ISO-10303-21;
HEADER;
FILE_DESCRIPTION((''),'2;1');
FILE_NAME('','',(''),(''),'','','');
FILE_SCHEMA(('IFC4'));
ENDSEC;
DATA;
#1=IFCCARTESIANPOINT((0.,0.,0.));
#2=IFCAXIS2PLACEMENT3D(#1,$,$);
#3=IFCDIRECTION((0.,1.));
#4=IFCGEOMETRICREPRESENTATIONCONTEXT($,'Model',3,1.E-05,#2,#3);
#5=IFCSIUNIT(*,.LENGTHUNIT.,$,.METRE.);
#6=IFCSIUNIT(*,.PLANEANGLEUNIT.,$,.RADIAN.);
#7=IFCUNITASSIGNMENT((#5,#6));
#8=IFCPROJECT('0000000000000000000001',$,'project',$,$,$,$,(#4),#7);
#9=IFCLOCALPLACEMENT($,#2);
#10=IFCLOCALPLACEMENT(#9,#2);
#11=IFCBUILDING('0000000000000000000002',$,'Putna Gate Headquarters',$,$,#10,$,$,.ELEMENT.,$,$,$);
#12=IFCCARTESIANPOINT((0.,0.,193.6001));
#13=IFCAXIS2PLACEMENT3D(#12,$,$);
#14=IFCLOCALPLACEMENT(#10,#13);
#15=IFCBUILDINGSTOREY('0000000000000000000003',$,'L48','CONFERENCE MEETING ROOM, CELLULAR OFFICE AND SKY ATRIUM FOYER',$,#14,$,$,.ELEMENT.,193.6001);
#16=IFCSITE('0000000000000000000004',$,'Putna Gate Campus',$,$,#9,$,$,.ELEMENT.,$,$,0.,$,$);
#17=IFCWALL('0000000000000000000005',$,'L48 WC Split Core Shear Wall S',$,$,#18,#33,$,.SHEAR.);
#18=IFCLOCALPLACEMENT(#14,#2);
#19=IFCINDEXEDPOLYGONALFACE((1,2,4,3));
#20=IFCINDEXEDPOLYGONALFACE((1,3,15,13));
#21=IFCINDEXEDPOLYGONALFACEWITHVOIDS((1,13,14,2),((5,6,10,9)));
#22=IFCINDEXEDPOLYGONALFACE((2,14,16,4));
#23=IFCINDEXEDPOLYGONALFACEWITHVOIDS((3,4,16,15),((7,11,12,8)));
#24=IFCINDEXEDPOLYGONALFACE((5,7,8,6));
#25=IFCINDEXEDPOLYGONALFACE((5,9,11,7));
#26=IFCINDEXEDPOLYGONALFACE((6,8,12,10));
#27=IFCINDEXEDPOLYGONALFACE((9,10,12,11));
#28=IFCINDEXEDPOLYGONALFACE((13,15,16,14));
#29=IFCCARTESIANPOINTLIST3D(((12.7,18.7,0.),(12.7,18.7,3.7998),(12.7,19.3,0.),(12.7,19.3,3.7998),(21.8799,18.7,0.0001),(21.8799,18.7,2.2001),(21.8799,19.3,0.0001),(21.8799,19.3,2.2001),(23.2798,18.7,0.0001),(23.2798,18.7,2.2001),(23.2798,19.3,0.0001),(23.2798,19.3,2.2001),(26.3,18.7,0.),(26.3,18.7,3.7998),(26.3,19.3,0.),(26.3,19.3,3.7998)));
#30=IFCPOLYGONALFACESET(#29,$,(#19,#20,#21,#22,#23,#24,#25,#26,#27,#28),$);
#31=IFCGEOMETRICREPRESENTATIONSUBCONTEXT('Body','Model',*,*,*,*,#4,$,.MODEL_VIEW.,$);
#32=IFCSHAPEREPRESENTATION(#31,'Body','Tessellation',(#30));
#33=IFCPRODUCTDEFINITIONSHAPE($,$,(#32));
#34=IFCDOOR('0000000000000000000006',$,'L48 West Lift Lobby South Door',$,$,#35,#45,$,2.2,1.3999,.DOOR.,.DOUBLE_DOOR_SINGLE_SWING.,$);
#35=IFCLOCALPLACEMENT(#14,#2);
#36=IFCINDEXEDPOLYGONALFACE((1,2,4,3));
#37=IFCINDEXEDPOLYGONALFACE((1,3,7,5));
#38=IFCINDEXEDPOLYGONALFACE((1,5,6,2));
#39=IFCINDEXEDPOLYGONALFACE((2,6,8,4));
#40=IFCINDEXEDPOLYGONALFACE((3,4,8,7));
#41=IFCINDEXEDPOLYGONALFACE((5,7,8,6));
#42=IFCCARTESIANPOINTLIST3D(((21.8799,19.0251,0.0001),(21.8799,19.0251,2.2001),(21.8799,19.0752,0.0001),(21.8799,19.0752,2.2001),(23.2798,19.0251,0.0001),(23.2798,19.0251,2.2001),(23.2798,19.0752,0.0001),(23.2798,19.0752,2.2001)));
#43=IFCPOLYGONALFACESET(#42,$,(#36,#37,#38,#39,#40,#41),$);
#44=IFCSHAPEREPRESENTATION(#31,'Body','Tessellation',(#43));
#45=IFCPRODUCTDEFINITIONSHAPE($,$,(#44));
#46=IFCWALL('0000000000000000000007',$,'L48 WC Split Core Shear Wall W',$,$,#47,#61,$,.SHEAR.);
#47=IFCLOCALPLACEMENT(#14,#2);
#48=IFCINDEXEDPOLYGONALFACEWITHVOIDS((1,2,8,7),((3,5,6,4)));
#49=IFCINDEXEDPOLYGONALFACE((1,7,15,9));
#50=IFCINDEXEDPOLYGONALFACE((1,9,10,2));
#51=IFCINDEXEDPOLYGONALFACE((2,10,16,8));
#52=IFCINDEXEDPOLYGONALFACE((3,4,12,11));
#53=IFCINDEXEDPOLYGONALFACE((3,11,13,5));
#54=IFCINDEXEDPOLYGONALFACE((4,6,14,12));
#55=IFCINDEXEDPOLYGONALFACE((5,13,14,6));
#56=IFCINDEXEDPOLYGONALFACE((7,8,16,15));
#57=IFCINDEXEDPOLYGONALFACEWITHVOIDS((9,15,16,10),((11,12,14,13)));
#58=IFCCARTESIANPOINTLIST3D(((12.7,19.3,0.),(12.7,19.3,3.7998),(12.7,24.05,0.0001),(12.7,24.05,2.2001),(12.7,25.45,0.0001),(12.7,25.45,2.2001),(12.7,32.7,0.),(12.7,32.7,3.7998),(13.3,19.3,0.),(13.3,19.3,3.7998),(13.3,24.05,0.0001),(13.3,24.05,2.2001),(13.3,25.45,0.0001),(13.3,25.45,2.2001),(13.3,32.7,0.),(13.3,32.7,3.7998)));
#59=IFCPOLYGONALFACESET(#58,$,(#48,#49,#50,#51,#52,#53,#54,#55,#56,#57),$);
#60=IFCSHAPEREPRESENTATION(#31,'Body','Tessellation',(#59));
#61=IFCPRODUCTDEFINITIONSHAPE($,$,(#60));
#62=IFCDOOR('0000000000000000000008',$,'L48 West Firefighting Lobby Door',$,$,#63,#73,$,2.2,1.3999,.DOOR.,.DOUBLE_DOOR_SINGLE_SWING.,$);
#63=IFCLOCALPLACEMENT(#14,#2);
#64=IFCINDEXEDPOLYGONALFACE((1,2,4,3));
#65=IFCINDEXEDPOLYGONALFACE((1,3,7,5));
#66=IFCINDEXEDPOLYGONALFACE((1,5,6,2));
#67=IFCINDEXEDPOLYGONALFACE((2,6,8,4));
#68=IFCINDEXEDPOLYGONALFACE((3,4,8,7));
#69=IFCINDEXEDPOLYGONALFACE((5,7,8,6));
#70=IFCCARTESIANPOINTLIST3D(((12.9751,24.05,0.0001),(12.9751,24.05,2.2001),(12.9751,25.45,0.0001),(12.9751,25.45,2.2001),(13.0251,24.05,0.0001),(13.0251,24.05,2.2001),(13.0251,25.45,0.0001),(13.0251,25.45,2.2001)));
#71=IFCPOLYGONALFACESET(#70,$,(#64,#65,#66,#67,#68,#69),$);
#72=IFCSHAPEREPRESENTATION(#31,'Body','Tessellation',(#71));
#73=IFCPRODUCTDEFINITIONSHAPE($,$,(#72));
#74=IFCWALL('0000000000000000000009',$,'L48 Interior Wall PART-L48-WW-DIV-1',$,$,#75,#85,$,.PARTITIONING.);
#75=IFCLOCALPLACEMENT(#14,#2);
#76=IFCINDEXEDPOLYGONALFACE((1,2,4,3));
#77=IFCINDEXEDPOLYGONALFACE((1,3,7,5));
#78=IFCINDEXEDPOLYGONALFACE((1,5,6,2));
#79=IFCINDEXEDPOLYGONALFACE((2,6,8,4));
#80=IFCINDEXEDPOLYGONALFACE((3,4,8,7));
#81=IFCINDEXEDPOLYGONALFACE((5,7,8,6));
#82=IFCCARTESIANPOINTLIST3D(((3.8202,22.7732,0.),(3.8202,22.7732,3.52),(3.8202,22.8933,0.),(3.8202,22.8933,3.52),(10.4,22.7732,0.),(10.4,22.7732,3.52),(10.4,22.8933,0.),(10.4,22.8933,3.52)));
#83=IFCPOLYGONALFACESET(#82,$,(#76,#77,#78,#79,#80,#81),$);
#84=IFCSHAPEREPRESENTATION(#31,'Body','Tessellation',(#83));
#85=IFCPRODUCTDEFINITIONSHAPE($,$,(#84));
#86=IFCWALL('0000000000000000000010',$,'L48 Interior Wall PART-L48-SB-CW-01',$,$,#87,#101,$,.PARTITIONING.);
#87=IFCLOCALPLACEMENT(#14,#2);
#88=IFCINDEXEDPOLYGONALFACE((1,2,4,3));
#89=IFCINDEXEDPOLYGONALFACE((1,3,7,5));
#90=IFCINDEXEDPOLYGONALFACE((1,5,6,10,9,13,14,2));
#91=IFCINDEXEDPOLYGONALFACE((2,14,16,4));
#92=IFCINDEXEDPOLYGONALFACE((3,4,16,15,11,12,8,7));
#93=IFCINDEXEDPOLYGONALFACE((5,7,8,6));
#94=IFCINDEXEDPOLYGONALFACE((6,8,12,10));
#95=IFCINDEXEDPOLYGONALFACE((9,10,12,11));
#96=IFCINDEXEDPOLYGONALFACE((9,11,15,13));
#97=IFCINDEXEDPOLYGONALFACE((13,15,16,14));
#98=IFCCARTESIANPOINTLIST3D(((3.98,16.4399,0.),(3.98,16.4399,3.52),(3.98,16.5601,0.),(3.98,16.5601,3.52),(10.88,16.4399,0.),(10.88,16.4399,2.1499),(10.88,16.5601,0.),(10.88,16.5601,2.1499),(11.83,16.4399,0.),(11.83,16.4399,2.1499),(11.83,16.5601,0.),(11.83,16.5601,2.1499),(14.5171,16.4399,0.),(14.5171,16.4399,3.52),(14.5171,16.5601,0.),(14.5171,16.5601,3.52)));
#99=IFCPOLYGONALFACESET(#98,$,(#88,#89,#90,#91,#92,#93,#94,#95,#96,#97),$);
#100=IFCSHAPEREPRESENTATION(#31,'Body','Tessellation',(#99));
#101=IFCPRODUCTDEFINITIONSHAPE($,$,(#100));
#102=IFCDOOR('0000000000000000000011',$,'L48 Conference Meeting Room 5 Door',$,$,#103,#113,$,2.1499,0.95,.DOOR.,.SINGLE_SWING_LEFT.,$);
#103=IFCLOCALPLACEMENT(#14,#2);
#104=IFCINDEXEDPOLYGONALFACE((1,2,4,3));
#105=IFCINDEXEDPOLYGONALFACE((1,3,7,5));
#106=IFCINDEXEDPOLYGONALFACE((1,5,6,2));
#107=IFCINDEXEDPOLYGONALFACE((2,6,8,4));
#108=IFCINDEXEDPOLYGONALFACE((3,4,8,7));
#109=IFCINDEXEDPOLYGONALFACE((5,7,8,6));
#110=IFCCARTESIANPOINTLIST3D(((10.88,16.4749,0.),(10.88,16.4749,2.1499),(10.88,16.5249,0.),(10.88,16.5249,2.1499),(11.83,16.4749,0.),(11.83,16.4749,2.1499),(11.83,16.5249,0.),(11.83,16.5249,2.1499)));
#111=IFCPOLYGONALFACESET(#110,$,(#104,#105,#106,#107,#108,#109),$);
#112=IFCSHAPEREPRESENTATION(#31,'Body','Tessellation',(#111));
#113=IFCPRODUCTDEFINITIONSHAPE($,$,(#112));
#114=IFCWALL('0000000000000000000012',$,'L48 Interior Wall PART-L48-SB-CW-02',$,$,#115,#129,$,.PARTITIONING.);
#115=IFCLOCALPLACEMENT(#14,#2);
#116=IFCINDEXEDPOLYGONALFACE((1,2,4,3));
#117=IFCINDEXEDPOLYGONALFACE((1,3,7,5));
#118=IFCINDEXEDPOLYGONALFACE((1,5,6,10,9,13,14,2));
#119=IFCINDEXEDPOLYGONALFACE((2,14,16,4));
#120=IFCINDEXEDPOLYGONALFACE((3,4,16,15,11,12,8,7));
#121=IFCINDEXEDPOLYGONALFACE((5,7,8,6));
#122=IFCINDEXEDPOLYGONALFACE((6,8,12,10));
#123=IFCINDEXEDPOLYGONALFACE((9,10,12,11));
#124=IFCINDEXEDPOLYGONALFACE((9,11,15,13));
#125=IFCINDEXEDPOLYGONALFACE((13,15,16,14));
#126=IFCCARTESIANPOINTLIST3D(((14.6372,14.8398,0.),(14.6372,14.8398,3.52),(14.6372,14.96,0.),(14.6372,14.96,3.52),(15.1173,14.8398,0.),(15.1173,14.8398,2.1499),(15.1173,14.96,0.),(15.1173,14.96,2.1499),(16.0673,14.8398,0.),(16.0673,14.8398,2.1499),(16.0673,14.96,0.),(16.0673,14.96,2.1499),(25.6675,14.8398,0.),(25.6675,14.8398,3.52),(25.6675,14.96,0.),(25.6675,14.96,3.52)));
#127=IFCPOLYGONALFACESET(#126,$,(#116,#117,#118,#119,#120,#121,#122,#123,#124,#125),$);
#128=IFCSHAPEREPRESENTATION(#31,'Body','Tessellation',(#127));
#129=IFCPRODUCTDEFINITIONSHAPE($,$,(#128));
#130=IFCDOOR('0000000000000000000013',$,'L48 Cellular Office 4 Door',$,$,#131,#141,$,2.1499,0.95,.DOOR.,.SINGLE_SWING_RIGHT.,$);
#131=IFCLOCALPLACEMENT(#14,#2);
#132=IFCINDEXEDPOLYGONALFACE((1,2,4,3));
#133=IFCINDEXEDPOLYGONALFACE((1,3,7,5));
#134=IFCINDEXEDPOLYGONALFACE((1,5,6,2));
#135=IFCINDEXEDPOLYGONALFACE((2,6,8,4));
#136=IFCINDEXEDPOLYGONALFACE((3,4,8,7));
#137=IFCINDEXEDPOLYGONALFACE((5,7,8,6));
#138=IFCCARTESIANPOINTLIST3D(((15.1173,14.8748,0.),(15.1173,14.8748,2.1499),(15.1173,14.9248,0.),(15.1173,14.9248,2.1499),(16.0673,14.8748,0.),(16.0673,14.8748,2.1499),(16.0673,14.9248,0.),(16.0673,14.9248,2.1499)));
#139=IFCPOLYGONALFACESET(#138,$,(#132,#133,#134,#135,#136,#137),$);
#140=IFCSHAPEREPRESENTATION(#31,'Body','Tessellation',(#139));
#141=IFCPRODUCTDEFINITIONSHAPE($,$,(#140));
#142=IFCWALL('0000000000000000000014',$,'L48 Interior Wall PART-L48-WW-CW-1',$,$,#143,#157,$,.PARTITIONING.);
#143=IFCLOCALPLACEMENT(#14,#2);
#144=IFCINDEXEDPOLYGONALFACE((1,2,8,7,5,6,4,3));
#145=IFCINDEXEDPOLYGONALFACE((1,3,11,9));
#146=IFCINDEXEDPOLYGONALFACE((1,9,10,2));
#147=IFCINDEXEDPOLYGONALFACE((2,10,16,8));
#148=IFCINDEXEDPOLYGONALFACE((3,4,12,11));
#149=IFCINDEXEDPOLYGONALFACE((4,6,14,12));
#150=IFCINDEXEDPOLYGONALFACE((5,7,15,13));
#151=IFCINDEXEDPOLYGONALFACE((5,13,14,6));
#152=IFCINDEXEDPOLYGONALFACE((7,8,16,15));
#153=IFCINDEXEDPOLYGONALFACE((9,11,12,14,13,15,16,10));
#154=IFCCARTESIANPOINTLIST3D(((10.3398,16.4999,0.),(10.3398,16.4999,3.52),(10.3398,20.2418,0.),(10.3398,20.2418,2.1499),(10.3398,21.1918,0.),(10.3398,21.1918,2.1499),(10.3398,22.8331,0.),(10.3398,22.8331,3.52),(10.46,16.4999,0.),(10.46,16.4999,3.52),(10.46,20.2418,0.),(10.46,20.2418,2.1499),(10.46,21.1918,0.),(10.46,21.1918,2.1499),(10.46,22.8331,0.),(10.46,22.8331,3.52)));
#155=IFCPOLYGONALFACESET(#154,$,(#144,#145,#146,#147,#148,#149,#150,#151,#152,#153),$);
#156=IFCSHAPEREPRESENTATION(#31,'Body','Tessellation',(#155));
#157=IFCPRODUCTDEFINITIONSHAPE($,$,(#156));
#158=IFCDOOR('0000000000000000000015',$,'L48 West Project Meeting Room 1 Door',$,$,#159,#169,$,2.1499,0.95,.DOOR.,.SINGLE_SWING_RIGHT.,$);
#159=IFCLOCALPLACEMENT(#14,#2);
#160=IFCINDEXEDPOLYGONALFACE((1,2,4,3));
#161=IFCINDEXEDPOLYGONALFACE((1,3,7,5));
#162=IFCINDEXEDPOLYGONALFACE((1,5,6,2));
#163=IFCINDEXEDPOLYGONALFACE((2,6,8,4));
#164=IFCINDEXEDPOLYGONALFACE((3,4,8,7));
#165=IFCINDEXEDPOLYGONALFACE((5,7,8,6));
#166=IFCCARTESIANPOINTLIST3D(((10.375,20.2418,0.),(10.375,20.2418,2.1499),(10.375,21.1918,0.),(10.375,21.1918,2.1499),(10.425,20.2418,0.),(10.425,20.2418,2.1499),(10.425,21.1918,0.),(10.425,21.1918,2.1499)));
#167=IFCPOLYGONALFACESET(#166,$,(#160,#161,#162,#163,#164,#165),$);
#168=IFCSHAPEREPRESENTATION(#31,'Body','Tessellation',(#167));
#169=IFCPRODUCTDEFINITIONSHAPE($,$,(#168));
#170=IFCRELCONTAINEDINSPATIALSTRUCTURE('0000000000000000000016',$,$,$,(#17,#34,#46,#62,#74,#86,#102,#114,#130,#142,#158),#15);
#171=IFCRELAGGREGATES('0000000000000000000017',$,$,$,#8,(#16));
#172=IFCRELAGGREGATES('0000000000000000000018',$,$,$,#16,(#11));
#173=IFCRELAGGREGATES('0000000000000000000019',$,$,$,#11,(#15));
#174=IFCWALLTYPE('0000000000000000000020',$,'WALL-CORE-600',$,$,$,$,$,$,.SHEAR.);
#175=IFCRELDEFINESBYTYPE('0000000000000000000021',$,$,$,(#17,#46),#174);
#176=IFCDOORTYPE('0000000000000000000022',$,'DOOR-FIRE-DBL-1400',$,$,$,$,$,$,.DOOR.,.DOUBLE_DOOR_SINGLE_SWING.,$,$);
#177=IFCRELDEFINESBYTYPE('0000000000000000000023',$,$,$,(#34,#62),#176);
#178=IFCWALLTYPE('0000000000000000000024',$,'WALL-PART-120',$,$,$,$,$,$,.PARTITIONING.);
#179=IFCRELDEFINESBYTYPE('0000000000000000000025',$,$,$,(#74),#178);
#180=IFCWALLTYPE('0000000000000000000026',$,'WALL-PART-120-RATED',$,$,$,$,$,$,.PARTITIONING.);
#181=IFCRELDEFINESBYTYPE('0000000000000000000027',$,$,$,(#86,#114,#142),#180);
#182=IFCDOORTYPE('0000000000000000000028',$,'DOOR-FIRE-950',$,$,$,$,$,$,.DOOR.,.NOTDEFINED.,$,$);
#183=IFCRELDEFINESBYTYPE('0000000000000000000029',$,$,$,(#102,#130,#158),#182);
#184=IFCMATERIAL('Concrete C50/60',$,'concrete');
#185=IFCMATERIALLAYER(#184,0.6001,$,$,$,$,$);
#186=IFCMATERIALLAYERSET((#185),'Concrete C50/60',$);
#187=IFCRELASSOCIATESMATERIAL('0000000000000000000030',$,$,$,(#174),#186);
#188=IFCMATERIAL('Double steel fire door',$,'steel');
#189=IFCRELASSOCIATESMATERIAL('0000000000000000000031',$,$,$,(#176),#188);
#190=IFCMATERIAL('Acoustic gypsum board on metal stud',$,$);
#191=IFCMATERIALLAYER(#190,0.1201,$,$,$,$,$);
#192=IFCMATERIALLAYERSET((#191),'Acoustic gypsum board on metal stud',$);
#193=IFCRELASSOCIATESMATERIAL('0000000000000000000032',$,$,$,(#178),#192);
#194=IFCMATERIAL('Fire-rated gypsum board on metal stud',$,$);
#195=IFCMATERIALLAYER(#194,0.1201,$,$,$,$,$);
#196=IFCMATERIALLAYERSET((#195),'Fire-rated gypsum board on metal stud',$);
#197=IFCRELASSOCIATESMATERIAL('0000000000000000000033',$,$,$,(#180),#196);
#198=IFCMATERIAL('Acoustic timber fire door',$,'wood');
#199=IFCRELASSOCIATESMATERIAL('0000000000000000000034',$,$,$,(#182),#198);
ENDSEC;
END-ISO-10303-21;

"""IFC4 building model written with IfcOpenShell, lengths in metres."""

from ifc_helpers import new_model, si_unit, direction, frame, frame_2d, origin, place, context, subcontext, project, spatial, rectangle, extrude, material, layer, layer_set, type_object, element, fill, save


model = new_model("IFC4")

# Units and contexts
model_context = context("Model", 3, precision=1e-05, world=origin(), true_north=direction((0.0, 1.0)))
body_context = subcontext(model_context, "Body", "Model", "MODEL_VIEW")
ifc_project = project(units=[si_unit("LENGTHUNIT", "METRE"), si_unit("PLANEANGLEUNIT", "RADIAN")], contexts=[model_context])

# Site, building, storey
site_placement = place(None, origin())
site = spatial("IfcSite", under=ifc_project, at=site_placement, Name="Putna Gate Campus", CompositionType="ELEMENT", RefElevation=0.0)
building_placement = place(site_placement, origin())
building = spatial("IfcBuilding", under=site, at=building_placement, Name="Putna Gate Headquarters", CompositionType="ELEMENT")
storey_placement = place(building_placement, frame((0.0, 0.0, 193.6001)))
storey = spatial("IfcBuildingStorey", under=building, at=storey_placement, Name="L48", Description="CONFERENCE MEETING ROOM, CELLULAR OFFICE AND SKY ATRIUM FOYER", CompositionType="ELEMENT", Elevation=193.6001)

# Shared definitions
ifc_material_1 = material(Name="Concrete C50/60", Category="concrete")

# Walls, openings, doors
ifc_layer_1 = layer(ifc_material_1, 0.6001)
ifc_layer_set_1 = layer_set([ifc_layer_1], Name="Concrete C50/60")
wall_type_1 = type_object("IfcWallType", Name="WALL-CORE-600", PredefinedType="SHEAR", material=ifc_layer_set_1)
wall_1_placement = place(storey_placement, frame((12.7, 19.0, 0.0), z_axis=(0.0, 0.0, 1.0), x_axis=(1.0, 0.0, 0.0)))
wall_1 = element("IfcWall", 1, at=wall_1_placement, inside=storey, type_object=wall_type_1, Name="L48 WC Split Core Shear Wall S", PredefinedType="SHEAR", context=body_context, shape_type="SweptSolid", body=[
    extrude(rectangle(XDim=13.6001, YDim=0.6001, at=frame_2d((6.8, 0.0))), origin(), (0.0, 0.0, 1.0), 3.7998),
])
opening_1_placement = place(wall_1_placement, frame((9.1799, 0.0, 0.0)))
opening_1 = element("IfcOpeningElement", 2, at=opening_1_placement, cuts=wall_1, PredefinedType="OPENING", context=body_context, shape_type="SweptSolid", body=[
    extrude(rectangle(XDim=1.3999, YDim=2.2, at=frame_2d((0.7, 1.1001))), frame((0.0, 0.3101, 0.0), z_axis=(0.0, -1.0, 0.0), x_axis=(1.0, 0.0, 0.0)), (0.0, 0.0, 1.0), 0.6201),
])
ifc_material_2 = material(Name="Double steel fire door", Category="steel")
door_type_1 = type_object("IfcDoorType", Name="DOOR-FIRE-DBL-1400", OperationType="DOUBLE_DOOR_SINGLE_SWING", PredefinedType="DOOR", material=ifc_material_2)
door_1_placement = place(opening_1_placement, origin())
door_1 = element("IfcDoor", 3, at=door_1_placement, inside=storey, type_object=door_type_1, Name="L48 West Lift Lobby South Door", OperationType="DOUBLE_DOOR_SINGLE_SWING", OverallHeight=2.2, OverallWidth=1.3999, PredefinedType="DOOR", context=body_context, shape_type="SweptSolid", body=[
    extrude(rectangle(XDim=1.3999, YDim=2.2, at=frame_2d((0.7, 1.1001))), frame((0.0, 0.0752, 0.0), z_axis=(0.0, -1.0, 0.0), x_axis=(1.0, 0.0, 0.0)), (0.0, 0.0, 1.0), 0.05),
])
fill(opening_1, door_1)
wall_2_placement = place(storey_placement, frame((13.0, 19.3, 0.0), z_axis=(0.0, 0.0, 1.0), x_axis=(0.0, 1.0, 0.0)))
wall_2 = element("IfcWall", 4, at=wall_2_placement, inside=storey, type_object=wall_type_1, Name="L48 WC Split Core Shear Wall W", PredefinedType="SHEAR", context=body_context, shape_type="SweptSolid", body=[
    extrude(rectangle(XDim=13.3999, YDim=0.6001, at=frame_2d((6.7, 0.0))), origin(), (0.0, 0.0, 1.0), 3.7998),
])
opening_2_placement = place(wall_2_placement, frame((4.75, 0.0, 0.0)))
opening_2 = element("IfcOpeningElement", 5, at=opening_2_placement, cuts=wall_2, PredefinedType="OPENING", context=body_context, shape_type="SweptSolid", body=[
    extrude(rectangle(XDim=1.3999, YDim=2.2, at=frame_2d((0.7, 1.1001))), frame((0.0, 0.3101, 0.0), z_axis=(0.0, -1.0, 0.0), x_axis=(1.0, 0.0, 0.0)), (0.0, 0.0, 1.0), 0.6201),
])
door_2_placement = place(opening_2_placement, origin())
door_2 = element("IfcDoor", 6, at=door_2_placement, inside=storey, type_object=door_type_1, Name="L48 West Firefighting Lobby Door", OperationType="DOUBLE_DOOR_SINGLE_SWING", OverallHeight=2.2, OverallWidth=1.3999, PredefinedType="DOOR", context=body_context, shape_type="SweptSolid", body=[
    extrude(rectangle(XDim=1.3999, YDim=2.2, at=frame_2d((0.7, 1.1001))), frame((0.0, 0.0249, 0.0), z_axis=(0.0, -1.0, 0.0), x_axis=(1.0, 0.0, 0.0)), (0.0, 0.0, 1.0), 0.05),
])
fill(opening_2, door_2)

# Wall
ifc_material_3 = material(Name="Acoustic gypsum board on metal stud")
ifc_layer_2 = layer(ifc_material_3, 0.1201)
ifc_layer_set_2 = layer_set([ifc_layer_2], Name="Acoustic gypsum board on metal stud")
wall_type_2 = type_object("IfcWallType", Name="WALL-PART-120", PredefinedType="PARTITIONING", material=ifc_layer_set_2)
wall_3_placement = place(storey_placement, frame((3.8201, 22.8333, 0.0), z_axis=(0.0, 0.0, 1.0), x_axis=(1.0, 0.0, 0.0)))
element("IfcWall", 7, at=wall_3_placement, inside=storey, type_object=wall_type_2, Name="L48 Interior Wall PART-L48-WW-DIV-1", PredefinedType="PARTITIONING", context=body_context, shape_type="SweptSolid", body=[
    extrude(rectangle(XDim=6.5798, YDim=0.1201, at=frame_2d((3.29, 0.0))), origin(), (0.0, 0.0, 1.0), 3.52),
])

# Walls, openings, doors
ifc_material_4 = material(Name="Fire-rated gypsum board on metal stud")
ifc_layer_3 = layer(ifc_material_4, 0.1201)
ifc_layer_set_3 = layer_set([ifc_layer_3], Name="Fire-rated gypsum board on metal stud")
wall_type_3 = type_object("IfcWallType", Name="WALL-PART-120-RATED", PredefinedType="PARTITIONING", material=ifc_layer_set_3)
wall_4_placement = place(storey_placement, frame((3.98, 16.5, 0.0), z_axis=(0.0, 0.0, 1.0), x_axis=(1.0, 0.0, 0.0)))
wall_4 = element("IfcWall", 8, at=wall_4_placement, inside=storey, type_object=wall_type_3, Name="L48 Interior Wall PART-L48-SB-CW-01", PredefinedType="PARTITIONING", context=body_context, shape_type="SweptSolid", body=[
    extrude(rectangle(XDim=10.5371, YDim=0.1201, at=frame_2d((5.2686, 0.0))), origin(), (0.0, 0.0, 1.0), 3.52),
])
opening_3_placement = place(wall_4_placement, frame((6.8999, 0.0, 0.0)))
opening_3 = element("IfcOpeningElement", 9, at=opening_3_placement, cuts=wall_4, PredefinedType="OPENING", context=body_context, shape_type="SweptSolid", body=[
    extrude(rectangle(XDim=0.95, YDim=2.1499, at=frame_2d((0.4751, 1.075))), frame((0.0, 0.0701, 0.0), z_axis=(0.0, -1.0, 0.0), x_axis=(1.0, 0.0, 0.0)), (0.0, 0.0, 1.0), 0.1401),
])
ifc_material_5 = material(Name="Acoustic timber fire door", Category="wood")
door_type_2 = type_object("IfcDoorType", Name="DOOR-FIRE-950", OperationType="NOTDEFINED", PredefinedType="DOOR", material=ifc_material_5)
door_3_placement = place(opening_3_placement, origin())
door_3 = element("IfcDoor", 10, at=door_3_placement, inside=storey, type_object=door_type_2, Name="L48 Conference Meeting Room 5 Door", OperationType="SINGLE_SWING_LEFT", OverallHeight=2.1499, OverallWidth=0.95, PredefinedType="DOOR", context=body_context, shape_type="SweptSolid", body=[
    extrude(rectangle(XDim=0.95, YDim=2.1499, at=frame_2d((0.4751, 1.075))), frame((0.0, 0.0249, 0.0), z_axis=(0.0, -1.0, 0.0), x_axis=(1.0, 0.0, 0.0)), (0.0, 0.0, 1.0), 0.05),
])
fill(opening_3, door_3)
wall_5_placement = place(storey_placement, frame((14.6372, 14.8999, 0.0), z_axis=(0.0, 0.0, 1.0), x_axis=(1.0, 0.0, 0.0)))
wall_5 = element("IfcWall", 11, at=wall_5_placement, inside=storey, type_object=wall_type_3, Name="L48 Interior Wall PART-L48-SB-CW-02", PredefinedType="PARTITIONING", context=body_context, shape_type="SweptSolid", body=[
    extrude(rectangle(XDim=11.0303, YDim=0.1201, at=frame_2d((5.5151, 0.0))), origin(), (0.0, 0.0, 1.0), 3.52),
])
opening_4_placement = place(wall_5_placement, frame((0.48, 0.0, 0.0)))
opening_4 = element("IfcOpeningElement", 12, at=opening_4_placement, cuts=wall_5, PredefinedType="OPENING", context=body_context, shape_type="SweptSolid", body=[
    extrude(rectangle(XDim=0.95, YDim=2.1499, at=frame_2d((0.4751, 1.075))), frame((0.0, 0.0701, 0.0), z_axis=(0.0, -1.0, 0.0), x_axis=(1.0, 0.0, 0.0)), (0.0, 0.0, 1.0), 0.1401),
])
door_4_placement = place(opening_4_placement, origin())
door_4 = element("IfcDoor", 13, at=door_4_placement, inside=storey, type_object=door_type_2, Name="L48 Cellular Office 4 Door", OperationType="SINGLE_SWING_RIGHT", OverallHeight=2.1499, OverallWidth=0.95, PredefinedType="DOOR", context=body_context, shape_type="SweptSolid", body=[
    extrude(rectangle(XDim=0.95, YDim=2.1499, at=frame_2d((0.4751, 1.075))), frame((0.0, 0.0249, 0.0), z_axis=(0.0, -1.0, 0.0), x_axis=(1.0, 0.0, 0.0)), (0.0, 0.0, 1.0), 0.05),
])
fill(opening_4, door_4)
wall_6_placement = place(storey_placement, frame((10.3999, 16.5, 0.0), z_axis=(0.0, 0.0, 1.0), x_axis=(0.0, 1.0, 0.0)))
wall_6 = element("IfcWall", 14, at=wall_6_placement, inside=storey, type_object=wall_type_3, Name="L48 Interior Wall PART-L48-WW-CW-1", PredefinedType="PARTITIONING", context=body_context, shape_type="SweptSolid", body=[
    extrude(rectangle(XDim=6.3333, YDim=0.1201, at=frame_2d((3.1665, 0.0))), origin(), (0.0, 0.0, 1.0), 3.52),
])
opening_5_placement = place(wall_6_placement, frame((3.7417, 0.0, 0.0)))
opening_5 = element("IfcOpeningElement", 15, at=opening_5_placement, cuts=wall_6, PredefinedType="OPENING", context=body_context, shape_type="SweptSolid", body=[
    extrude(rectangle(XDim=0.95, YDim=2.1499, at=frame_2d((0.4751, 1.075))), frame((0.0, 0.0701, 0.0), z_axis=(0.0, -1.0, 0.0), x_axis=(1.0, 0.0, 0.0)), (0.0, 0.0, 1.0), 0.1401),
])
door_5_placement = place(opening_5_placement, origin())
door_5 = element("IfcDoor", 16, at=door_5_placement, inside=storey, type_object=door_type_2, Name="L48 West Project Meeting Room 1 Door", OperationType="SINGLE_SWING_RIGHT", OverallHeight=2.1499, OverallWidth=0.95, PredefinedType="DOOR", context=body_context, shape_type="SweptSolid", body=[
    extrude(rectangle(XDim=0.95, YDim=2.1499, at=frame_2d((0.4751, 1.075))), frame((0.0, 0.0249, 0.0), z_axis=(0.0, -1.0, 0.0), x_axis=(1.0, 0.0, 0.0)), (0.0, 0.0, 1.0), 0.05),
])
fill(opening_5, door_5)

save(model, "model.ifc")
